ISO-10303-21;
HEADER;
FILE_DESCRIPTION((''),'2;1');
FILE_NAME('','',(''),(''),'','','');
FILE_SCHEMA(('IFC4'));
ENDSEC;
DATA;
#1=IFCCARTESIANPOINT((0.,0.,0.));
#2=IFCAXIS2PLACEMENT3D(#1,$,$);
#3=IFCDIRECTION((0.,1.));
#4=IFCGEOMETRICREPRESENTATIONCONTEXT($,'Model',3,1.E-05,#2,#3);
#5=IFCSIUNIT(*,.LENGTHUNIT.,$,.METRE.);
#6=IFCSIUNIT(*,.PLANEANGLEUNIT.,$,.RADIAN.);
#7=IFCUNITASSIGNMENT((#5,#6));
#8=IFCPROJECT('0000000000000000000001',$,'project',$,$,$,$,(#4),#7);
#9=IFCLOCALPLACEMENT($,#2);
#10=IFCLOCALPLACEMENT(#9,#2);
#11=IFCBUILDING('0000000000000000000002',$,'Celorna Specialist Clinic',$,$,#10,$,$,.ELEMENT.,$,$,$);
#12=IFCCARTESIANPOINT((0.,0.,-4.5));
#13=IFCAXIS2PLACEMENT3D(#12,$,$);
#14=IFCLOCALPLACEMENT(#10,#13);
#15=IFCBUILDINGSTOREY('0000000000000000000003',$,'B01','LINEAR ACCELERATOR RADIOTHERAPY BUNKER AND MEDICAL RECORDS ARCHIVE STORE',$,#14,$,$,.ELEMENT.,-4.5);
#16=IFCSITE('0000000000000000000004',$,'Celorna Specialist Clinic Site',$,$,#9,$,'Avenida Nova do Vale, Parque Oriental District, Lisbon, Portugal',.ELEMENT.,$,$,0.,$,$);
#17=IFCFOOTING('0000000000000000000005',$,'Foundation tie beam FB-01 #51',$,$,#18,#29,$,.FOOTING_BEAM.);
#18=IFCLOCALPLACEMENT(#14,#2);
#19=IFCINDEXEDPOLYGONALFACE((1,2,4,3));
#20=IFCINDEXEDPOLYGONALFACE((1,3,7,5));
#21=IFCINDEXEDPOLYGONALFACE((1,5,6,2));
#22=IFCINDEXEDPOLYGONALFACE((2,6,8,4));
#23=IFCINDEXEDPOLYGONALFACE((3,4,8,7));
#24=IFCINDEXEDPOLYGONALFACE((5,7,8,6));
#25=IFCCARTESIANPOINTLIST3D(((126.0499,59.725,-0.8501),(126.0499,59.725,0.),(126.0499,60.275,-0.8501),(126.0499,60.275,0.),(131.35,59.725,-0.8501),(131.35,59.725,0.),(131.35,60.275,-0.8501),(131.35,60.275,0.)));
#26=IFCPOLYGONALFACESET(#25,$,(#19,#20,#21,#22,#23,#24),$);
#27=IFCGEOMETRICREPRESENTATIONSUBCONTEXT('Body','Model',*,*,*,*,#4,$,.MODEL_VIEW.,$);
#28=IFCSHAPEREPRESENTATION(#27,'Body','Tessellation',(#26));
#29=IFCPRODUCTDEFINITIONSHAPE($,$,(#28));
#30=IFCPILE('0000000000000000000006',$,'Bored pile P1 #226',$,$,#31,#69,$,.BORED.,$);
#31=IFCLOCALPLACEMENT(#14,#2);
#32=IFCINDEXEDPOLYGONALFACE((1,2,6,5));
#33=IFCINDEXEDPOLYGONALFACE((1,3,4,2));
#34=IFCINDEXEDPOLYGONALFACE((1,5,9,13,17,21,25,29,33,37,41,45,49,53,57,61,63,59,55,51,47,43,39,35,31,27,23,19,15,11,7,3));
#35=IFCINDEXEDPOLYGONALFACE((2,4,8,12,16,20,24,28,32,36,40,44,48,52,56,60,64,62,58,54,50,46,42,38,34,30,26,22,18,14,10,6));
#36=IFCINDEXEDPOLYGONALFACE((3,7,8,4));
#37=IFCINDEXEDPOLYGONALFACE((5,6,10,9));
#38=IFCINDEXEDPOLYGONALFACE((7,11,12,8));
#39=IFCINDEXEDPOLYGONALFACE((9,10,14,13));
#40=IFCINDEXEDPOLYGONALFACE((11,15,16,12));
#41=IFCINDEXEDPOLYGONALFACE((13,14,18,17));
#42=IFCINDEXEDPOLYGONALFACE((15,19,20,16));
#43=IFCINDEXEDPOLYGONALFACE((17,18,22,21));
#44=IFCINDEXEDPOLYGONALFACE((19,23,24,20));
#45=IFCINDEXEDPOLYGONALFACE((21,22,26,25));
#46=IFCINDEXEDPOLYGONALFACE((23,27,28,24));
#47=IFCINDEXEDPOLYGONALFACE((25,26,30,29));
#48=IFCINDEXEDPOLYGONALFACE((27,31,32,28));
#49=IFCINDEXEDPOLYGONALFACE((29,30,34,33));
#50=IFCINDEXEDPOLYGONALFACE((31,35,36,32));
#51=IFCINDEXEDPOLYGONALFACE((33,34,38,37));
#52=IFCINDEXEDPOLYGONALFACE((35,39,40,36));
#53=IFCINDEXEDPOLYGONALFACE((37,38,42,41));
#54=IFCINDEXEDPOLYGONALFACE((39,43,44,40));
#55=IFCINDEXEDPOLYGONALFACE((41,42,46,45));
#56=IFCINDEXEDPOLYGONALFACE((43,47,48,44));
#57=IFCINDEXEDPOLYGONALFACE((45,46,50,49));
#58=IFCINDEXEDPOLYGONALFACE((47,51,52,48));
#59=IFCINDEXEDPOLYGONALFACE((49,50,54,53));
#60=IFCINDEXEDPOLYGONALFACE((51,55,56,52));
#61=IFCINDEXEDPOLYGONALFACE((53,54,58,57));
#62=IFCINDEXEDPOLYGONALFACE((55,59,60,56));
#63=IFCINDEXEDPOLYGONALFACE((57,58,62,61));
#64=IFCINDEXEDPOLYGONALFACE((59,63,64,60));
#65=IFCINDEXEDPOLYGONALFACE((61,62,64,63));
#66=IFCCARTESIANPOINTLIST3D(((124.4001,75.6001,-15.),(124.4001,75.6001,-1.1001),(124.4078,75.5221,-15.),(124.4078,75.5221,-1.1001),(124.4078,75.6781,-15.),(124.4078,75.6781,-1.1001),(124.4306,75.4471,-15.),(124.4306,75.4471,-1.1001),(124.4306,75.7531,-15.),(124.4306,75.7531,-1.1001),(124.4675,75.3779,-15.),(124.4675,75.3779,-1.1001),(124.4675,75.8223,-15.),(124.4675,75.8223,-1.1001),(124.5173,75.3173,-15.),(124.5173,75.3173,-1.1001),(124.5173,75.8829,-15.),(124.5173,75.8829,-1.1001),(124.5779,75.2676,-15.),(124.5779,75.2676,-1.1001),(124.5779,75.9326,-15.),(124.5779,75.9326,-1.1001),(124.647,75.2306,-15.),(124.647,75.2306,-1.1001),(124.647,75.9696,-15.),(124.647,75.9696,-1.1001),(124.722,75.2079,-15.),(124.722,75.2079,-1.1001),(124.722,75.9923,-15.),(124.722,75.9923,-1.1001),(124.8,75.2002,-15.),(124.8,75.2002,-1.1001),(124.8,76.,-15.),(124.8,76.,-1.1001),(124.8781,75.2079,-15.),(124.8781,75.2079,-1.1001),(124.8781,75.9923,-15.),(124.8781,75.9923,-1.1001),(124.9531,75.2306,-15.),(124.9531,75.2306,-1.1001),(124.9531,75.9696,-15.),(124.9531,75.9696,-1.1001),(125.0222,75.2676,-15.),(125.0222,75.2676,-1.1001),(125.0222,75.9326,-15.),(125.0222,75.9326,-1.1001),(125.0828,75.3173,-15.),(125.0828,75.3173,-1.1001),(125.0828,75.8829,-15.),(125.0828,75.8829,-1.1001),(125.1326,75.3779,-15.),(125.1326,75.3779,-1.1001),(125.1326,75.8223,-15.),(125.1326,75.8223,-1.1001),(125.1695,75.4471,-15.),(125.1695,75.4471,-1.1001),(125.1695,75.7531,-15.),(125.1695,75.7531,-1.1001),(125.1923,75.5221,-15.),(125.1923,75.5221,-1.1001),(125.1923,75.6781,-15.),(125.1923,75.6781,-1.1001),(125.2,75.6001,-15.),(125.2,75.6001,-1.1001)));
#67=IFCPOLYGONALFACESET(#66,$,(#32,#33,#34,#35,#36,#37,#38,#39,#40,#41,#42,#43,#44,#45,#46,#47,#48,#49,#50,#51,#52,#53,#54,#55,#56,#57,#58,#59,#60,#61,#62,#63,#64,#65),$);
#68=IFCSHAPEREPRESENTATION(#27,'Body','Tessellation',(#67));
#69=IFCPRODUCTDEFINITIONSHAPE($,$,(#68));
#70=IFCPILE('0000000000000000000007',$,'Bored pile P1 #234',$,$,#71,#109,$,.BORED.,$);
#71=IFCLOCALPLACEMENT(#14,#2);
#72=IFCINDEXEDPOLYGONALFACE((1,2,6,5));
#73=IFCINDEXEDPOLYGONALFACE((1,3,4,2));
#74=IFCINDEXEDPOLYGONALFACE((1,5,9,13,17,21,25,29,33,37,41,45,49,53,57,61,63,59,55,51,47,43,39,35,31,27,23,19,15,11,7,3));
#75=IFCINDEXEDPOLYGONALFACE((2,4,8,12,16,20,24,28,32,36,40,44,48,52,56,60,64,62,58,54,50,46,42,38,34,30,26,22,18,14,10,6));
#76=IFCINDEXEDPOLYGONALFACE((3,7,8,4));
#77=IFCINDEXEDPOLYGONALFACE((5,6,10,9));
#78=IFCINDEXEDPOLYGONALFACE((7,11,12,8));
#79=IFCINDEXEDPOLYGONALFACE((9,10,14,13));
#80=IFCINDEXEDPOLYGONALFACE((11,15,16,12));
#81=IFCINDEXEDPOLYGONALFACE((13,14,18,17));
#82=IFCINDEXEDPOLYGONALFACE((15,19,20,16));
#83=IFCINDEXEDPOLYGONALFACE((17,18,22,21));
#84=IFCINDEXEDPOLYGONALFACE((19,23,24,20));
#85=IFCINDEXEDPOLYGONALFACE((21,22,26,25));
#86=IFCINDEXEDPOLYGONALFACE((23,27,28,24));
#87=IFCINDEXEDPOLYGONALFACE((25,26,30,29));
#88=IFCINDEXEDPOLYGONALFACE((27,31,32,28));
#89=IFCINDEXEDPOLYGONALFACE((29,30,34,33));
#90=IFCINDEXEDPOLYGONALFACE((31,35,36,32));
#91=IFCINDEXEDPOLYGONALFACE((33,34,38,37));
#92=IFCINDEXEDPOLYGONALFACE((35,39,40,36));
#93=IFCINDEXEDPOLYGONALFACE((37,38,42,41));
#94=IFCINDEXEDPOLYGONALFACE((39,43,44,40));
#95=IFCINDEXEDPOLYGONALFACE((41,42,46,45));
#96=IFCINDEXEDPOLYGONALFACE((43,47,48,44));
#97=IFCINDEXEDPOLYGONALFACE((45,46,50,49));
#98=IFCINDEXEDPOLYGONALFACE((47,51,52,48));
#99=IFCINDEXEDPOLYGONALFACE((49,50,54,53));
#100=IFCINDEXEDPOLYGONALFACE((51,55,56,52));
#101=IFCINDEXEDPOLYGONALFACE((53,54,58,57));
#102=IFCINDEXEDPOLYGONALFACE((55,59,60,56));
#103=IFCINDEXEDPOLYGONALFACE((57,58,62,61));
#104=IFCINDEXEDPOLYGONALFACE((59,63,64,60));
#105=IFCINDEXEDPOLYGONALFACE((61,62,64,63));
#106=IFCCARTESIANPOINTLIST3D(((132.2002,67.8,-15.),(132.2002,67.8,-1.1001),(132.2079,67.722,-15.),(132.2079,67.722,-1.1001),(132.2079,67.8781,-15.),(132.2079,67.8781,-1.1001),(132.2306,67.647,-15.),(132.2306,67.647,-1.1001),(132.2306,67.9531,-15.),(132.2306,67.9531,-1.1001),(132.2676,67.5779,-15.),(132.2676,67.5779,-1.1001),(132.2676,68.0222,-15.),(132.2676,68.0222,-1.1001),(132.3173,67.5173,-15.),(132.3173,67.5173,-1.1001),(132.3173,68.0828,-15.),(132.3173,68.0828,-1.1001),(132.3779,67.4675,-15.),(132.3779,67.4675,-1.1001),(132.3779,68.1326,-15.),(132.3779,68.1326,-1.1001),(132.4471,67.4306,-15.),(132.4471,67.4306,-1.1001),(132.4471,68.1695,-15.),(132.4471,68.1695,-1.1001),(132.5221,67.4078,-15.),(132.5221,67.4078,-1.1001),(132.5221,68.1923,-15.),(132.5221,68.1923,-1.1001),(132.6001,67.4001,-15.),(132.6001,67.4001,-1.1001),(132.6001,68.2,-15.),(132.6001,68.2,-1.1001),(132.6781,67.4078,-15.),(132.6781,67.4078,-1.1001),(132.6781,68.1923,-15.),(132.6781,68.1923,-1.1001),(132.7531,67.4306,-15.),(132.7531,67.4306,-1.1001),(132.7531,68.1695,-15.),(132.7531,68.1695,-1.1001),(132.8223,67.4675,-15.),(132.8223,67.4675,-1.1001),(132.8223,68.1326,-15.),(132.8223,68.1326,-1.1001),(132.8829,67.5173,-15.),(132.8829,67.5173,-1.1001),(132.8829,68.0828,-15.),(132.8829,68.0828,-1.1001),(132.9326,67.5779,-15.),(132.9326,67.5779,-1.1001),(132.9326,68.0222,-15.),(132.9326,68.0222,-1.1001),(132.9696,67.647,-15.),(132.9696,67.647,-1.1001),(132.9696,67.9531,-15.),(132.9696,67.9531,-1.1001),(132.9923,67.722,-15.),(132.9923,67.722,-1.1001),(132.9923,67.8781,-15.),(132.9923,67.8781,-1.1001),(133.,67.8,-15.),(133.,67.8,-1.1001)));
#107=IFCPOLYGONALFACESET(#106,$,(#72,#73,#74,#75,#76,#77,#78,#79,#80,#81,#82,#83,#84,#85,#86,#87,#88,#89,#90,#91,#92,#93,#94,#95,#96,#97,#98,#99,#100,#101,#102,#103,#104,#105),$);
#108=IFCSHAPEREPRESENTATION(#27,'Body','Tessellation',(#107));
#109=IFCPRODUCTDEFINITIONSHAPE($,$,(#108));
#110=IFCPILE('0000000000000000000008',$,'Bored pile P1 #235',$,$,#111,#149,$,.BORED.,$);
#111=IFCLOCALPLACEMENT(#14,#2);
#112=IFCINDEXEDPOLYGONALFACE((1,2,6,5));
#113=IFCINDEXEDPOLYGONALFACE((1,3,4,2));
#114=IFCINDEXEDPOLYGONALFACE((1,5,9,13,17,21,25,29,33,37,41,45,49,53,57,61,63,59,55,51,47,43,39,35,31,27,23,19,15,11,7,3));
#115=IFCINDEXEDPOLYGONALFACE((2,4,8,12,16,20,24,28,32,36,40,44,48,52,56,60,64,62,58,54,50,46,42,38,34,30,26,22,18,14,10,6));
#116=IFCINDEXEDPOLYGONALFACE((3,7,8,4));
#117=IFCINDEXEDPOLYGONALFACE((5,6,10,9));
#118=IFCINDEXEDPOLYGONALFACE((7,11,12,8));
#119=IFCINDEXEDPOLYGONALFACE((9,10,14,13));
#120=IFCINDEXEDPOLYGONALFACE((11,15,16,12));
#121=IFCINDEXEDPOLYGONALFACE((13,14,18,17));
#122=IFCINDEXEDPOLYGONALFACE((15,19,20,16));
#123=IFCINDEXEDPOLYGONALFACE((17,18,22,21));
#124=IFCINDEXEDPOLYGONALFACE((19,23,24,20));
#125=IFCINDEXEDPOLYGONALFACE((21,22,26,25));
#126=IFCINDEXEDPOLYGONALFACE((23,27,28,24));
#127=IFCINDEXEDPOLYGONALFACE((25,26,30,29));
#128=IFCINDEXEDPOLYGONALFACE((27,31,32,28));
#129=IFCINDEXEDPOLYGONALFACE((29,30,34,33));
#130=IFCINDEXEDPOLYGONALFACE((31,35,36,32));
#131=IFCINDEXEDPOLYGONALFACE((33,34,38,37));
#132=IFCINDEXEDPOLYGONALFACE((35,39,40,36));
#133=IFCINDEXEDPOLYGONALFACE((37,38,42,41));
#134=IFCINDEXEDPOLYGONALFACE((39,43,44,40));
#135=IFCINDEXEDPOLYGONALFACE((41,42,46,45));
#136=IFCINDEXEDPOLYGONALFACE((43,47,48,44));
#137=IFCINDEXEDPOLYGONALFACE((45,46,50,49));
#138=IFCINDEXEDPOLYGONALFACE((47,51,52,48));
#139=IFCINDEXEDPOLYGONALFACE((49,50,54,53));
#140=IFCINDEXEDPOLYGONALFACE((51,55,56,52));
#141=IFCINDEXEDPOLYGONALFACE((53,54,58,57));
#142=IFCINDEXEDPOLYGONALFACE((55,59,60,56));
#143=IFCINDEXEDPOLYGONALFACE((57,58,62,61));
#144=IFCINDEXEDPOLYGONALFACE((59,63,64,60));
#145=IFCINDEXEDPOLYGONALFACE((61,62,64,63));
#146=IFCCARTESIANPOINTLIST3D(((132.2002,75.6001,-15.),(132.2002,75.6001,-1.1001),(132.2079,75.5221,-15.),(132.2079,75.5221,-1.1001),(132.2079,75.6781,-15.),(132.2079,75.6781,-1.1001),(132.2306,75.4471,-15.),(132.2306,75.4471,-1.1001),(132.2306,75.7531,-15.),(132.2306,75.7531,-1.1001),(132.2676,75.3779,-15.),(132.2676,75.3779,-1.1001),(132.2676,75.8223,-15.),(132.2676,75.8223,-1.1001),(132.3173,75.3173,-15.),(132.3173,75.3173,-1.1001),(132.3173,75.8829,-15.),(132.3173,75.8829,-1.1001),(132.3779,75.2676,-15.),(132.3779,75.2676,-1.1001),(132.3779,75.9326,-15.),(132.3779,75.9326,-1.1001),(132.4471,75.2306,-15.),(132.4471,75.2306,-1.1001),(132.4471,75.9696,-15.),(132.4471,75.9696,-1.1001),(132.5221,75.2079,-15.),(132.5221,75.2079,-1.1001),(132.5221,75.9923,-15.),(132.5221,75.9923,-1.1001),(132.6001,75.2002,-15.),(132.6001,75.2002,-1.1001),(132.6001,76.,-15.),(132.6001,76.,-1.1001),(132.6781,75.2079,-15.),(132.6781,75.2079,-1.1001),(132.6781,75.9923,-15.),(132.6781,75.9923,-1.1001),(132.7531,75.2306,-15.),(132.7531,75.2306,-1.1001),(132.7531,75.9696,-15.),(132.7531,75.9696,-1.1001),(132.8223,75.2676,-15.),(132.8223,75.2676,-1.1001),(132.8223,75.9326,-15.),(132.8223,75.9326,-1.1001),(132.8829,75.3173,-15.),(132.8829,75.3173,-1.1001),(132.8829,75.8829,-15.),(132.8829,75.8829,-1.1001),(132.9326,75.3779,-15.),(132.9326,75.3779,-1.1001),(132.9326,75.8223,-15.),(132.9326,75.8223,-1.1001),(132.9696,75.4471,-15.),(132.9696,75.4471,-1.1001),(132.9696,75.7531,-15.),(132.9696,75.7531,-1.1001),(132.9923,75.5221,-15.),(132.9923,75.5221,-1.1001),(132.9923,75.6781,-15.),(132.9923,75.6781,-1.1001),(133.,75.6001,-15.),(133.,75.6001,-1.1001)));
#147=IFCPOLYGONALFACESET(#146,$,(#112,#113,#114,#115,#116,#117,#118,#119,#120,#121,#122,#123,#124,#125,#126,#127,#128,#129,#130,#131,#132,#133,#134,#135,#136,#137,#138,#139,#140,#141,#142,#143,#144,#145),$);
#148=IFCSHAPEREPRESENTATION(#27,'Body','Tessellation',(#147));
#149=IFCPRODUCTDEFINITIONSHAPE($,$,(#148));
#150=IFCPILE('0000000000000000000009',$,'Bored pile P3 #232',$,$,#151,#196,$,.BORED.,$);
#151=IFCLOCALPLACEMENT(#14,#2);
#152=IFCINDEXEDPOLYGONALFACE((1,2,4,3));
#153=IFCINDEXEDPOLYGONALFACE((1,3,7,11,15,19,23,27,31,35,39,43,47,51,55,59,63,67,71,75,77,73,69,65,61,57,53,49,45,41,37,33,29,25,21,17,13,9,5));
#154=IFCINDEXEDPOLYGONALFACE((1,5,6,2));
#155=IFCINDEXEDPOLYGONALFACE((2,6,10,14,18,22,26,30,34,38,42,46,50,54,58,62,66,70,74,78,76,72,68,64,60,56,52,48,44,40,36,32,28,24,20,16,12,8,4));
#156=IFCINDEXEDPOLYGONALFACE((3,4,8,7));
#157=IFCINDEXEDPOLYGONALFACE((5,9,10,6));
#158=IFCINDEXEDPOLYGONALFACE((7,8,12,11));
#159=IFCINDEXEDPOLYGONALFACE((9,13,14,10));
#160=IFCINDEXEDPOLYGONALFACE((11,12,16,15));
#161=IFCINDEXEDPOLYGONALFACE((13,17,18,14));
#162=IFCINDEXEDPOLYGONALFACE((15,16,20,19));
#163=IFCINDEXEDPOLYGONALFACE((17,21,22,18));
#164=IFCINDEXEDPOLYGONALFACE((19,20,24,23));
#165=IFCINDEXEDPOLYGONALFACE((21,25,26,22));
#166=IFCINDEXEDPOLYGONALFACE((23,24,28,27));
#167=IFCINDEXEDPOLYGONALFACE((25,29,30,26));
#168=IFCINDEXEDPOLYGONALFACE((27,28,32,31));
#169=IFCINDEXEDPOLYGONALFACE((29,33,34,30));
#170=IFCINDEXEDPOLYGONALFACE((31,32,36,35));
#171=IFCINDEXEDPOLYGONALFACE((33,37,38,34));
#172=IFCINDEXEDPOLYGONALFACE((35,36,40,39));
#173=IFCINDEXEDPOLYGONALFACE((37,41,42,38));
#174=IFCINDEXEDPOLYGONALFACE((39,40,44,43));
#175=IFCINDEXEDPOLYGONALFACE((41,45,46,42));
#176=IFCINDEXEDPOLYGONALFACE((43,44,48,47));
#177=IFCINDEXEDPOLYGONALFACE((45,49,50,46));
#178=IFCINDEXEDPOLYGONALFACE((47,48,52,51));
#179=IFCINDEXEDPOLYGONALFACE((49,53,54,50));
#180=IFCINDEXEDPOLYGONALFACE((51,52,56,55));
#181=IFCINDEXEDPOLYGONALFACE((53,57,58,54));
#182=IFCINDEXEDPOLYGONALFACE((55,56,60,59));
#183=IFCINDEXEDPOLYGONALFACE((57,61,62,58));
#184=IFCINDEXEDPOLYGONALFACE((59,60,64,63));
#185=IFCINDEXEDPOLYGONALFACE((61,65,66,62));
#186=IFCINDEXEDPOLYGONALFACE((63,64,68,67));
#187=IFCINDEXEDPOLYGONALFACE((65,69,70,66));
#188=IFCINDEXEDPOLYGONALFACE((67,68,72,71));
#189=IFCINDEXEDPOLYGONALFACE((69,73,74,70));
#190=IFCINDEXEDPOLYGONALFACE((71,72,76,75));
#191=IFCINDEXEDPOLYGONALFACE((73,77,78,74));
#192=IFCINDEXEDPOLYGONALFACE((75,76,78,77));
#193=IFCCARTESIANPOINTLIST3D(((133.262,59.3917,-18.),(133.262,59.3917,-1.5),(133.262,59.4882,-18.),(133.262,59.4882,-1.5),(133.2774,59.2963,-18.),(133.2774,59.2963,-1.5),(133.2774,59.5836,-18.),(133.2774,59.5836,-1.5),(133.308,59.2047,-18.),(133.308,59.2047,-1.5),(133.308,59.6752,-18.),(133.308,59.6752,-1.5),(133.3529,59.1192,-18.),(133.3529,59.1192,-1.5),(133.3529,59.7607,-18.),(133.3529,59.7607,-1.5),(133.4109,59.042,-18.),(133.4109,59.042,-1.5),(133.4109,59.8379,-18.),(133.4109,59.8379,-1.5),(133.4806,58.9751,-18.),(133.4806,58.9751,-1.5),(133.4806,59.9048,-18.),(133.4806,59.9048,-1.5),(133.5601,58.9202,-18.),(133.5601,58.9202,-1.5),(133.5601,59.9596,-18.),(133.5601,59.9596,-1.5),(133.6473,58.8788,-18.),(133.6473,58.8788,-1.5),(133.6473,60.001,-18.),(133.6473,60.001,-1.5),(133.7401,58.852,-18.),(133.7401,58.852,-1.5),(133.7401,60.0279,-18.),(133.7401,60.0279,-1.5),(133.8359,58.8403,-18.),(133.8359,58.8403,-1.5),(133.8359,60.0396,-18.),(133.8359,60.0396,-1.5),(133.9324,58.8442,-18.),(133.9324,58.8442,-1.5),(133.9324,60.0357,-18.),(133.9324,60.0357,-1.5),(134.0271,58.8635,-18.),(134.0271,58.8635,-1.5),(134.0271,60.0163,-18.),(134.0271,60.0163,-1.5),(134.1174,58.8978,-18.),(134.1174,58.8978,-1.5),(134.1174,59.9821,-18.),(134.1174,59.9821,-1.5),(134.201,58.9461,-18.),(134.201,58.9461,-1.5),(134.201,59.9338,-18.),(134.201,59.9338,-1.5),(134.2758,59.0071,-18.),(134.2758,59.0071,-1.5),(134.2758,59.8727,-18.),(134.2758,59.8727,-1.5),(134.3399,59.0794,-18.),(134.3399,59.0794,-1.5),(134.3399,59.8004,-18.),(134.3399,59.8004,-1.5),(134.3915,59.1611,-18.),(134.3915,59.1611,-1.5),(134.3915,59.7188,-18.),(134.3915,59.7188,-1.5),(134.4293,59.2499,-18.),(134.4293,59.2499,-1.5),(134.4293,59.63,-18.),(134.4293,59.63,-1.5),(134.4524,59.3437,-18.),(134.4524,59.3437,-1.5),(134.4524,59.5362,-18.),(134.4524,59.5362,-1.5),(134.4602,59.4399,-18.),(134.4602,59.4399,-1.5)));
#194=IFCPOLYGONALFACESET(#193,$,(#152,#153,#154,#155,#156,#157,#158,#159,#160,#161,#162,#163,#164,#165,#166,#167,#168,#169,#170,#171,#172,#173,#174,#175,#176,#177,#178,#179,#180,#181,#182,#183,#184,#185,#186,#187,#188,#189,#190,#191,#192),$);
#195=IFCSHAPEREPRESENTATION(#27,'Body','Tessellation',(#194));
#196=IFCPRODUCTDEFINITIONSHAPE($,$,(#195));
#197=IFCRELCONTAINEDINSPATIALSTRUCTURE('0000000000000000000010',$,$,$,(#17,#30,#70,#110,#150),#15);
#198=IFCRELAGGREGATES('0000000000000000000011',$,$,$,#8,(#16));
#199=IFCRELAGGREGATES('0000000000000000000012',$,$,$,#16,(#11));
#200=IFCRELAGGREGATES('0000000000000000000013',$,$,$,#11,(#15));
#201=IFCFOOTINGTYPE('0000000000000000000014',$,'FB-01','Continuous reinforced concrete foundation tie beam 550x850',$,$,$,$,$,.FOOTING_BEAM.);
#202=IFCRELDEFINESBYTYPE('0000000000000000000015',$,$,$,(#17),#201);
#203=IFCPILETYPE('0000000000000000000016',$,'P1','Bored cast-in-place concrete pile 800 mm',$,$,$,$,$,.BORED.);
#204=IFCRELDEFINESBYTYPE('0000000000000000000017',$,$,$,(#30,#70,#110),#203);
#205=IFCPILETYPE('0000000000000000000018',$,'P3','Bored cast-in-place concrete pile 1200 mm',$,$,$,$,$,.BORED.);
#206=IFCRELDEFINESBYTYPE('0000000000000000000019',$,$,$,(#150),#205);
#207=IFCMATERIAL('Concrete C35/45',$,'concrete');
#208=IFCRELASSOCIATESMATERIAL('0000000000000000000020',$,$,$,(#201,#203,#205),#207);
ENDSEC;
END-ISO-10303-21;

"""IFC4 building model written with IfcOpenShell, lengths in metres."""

from ifc_helpers import new_model, si_unit, direction, frame, origin, origin_2d, place, context, subcontext, project, spatial, rectangle, circle, extrude, material, material_profile, profile_set, type_object, element, save


model = new_model("IFC4")

# Units and contexts
model_context = context("Model", 3, precision=1e-05, world=origin(), true_north=direction((0.0, 1.0)))
body_context = subcontext(model_context, "Body", "Model", "MODEL_VIEW")
ifc_project = project(units=[si_unit("LENGTHUNIT", "METRE"), si_unit("PLANEANGLEUNIT", "RADIAN")], contexts=[model_context])

# Site, building, storey
site_placement = place(None, origin())
site = spatial("IfcSite", under=ifc_project, at=site_placement, Name="Celorna Specialist Clinic Site", LongName="Avenida Nova do Vale, Parque Oriental District, Lisbon, Portugal", CompositionType="ELEMENT", RefElevation=0.0)
building_placement = place(site_placement, origin())
building = spatial("IfcBuilding", under=site, at=building_placement, Name="Celorna Specialist Clinic", CompositionType="ELEMENT")
storey_placement = place(building_placement, frame((0.0, 0.0, -4.5)))
storey = spatial("IfcBuildingStorey", under=building, at=storey_placement, Name="B01", Description="LINEAR ACCELERATOR RADIOTHERAPY BUNKER AND MEDICAL RECORDS ARCHIVE STORE", CompositionType="ELEMENT", Elevation=-4.5)

# Footing
ifc_material_1 = material(Name="Concrete C35/45", Category="concrete")
footing_type_1 = type_object("IfcFootingType", Name="FB-01", Description="Continuous reinforced concrete foundation tie beam 550x850", PredefinedType="FOOTING_BEAM", material=ifc_material_1)
footing_1_placement = place(storey_placement, frame((128.7, 60.0, -0.8501), z_axis=(0.0, 0.0, 1.0), x_axis=(1.0, 0.0, 0.0)))
element("IfcFooting", 1, at=footing_1_placement, inside=storey, type_object=footing_type_1, Name="Foundation tie beam FB-01 #51", PredefinedType="FOOTING_BEAM", context=body_context, shape_type="SweptSolid", body=[
    extrude(rectangle(XDim=5.3, YDim=0.55, at=origin_2d()), origin(), (0.0, 0.0, 1.0), 0.8501),
])

# Piles
ifc_material_profile_1 = material_profile(ifc_material_1, circle(Radius=0.3999, at=origin_2d()), Name="BORED PILE 800")
ifc_profile_set_1 = profile_set([ifc_material_profile_1], Name="Concrete C35/45")
pile_type_1 = type_object("IfcPileType", Name="P1", Description="Bored cast-in-place concrete pile 800 mm", PredefinedType="BORED", material=ifc_profile_set_1)
for number, where, z_axis, x_axis, name in (
    (2, (124.8, 75.6001, -1.1001), (0.0, 0.0, -1.0), (1.0, 0.0, 0.0), "Bored pile P1 #226"),
    (3, (132.6001, 67.8, -1.1001), (0.0, 0.0, -1.0), (1.0, 0.0, 0.0), "Bored pile P1 #234"),
    (4, (132.6001, 75.6001, -1.1001), (0.0, 0.0, -1.0), (1.0, 0.0, 0.0), "Bored pile P1 #235"),
):
    element("IfcPile", number, at=place(storey_placement, frame(where, z_axis=z_axis, x_axis=x_axis)), inside=storey, type_object=pile_type_1, Name=name, PredefinedType="BORED", context=body_context, shape_type="SweptSolid", body=[
        extrude(circle(Radius=0.3999, at=origin_2d()), origin(), (0.0, 0.0, 1.0), 13.8999),
    ])
ifc_material_profile_2 = material_profile(ifc_material_1, circle(Radius=0.6001, at=origin_2d()), Name="BORED PILE 1200")
ifc_profile_set_2 = profile_set([ifc_material_profile_2], Name="Concrete C35/45")
pile_type_2 = type_object("IfcPileType", Name="P3", Description="Bored cast-in-place concrete pile 1200 mm", PredefinedType="BORED", material=ifc_profile_set_2)
for number, where, z_axis, x_axis, name in (
    (5, (133.8601, 59.4399, -1.5), (0.0, 0.0, -1.0), (1.0, 0.0, 0.0), "Bored pile P3 #232"),
):
    element("IfcPile", number, at=place(storey_placement, frame(where, z_axis=z_axis, x_axis=x_axis)), inside=storey, type_object=pile_type_2, Name=name, PredefinedType="BORED", context=body_context, shape_type="SweptSolid", body=[
        extrude(circle(Radius=0.6001, at=origin_2d()), origin(), (0.0, 0.0, 1.0), 16.5),
    ])

save(model, "model.ifc")
